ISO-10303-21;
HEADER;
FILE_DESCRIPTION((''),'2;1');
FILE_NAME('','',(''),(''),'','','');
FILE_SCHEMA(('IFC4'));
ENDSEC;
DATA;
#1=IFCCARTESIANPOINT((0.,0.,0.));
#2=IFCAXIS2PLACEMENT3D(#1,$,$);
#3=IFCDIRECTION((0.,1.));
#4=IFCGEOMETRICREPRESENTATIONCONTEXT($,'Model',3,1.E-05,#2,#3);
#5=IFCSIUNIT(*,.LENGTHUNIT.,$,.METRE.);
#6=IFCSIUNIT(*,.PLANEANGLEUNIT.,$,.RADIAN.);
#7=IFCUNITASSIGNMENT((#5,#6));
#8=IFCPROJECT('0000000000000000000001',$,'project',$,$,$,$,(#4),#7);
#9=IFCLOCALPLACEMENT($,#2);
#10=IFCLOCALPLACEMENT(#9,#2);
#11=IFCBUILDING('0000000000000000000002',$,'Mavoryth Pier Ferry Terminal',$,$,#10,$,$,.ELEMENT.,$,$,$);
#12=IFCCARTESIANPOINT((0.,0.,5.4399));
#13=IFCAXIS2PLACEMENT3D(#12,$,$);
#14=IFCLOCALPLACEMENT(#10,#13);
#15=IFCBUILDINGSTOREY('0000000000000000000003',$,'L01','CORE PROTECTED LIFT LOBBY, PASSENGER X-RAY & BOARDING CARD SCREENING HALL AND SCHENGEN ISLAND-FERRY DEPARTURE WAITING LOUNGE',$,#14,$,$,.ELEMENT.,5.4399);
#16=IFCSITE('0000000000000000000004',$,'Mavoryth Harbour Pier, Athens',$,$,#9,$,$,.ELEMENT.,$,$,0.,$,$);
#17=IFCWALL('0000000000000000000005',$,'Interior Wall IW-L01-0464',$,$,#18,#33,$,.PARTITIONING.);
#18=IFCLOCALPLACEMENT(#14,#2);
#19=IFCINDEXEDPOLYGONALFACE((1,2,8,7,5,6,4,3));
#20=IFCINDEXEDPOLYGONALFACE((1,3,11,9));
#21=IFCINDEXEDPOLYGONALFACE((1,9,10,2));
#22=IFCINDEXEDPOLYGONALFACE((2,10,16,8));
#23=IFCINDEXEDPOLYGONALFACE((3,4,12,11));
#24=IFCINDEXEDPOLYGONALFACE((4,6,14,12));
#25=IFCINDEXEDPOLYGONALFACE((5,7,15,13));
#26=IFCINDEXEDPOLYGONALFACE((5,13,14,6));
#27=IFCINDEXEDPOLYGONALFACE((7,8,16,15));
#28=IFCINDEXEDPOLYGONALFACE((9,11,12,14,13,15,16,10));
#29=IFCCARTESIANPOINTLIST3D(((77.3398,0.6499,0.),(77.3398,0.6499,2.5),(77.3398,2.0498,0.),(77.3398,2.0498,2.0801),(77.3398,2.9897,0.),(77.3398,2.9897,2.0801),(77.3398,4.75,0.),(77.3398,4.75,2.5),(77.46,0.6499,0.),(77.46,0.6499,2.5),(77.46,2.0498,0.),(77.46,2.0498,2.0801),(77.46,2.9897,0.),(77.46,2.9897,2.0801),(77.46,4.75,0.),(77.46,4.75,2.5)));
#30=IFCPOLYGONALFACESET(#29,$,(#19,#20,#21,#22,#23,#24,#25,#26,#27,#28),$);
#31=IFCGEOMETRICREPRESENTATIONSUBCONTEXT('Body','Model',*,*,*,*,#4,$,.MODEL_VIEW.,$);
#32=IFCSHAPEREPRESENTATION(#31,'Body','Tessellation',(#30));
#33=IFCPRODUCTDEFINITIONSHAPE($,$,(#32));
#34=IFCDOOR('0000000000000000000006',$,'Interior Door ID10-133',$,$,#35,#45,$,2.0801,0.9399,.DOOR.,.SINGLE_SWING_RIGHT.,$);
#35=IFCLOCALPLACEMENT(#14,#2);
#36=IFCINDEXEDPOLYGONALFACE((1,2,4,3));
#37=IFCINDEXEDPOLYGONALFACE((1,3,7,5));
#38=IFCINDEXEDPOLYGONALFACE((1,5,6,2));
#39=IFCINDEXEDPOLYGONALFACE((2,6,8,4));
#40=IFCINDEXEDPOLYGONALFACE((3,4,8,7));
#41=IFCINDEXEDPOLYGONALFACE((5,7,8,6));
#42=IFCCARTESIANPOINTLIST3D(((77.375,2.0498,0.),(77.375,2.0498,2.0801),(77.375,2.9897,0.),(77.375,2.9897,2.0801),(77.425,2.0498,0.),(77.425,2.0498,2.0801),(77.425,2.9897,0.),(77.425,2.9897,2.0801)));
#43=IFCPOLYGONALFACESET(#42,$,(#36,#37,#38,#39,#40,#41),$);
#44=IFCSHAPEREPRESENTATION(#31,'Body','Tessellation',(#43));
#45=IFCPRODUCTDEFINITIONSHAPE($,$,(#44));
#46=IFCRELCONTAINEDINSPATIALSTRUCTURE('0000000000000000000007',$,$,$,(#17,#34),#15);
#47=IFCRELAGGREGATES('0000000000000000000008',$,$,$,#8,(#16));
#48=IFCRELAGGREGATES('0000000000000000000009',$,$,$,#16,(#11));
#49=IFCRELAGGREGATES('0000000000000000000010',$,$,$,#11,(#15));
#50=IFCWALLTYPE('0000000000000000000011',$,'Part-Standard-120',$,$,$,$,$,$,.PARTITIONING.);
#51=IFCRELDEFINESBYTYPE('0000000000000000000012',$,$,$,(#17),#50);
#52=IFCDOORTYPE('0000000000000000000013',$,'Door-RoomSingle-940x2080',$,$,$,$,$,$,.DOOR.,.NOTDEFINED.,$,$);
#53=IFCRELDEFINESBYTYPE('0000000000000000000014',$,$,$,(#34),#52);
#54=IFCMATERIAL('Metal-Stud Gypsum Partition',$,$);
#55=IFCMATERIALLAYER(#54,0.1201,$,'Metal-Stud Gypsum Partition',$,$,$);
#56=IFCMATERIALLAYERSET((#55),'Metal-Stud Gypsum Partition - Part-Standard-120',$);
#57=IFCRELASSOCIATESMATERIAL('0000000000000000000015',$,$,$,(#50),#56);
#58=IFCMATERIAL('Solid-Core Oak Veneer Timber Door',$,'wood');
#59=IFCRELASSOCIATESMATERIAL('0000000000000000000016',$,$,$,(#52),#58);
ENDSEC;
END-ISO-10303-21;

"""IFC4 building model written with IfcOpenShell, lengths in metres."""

from ifc_helpers import new_model, si_unit, direction, frame, frame_2d, origin, place, context, subcontext, project, spatial, rectangle, extrude, material, layer, layer_set, type_object, element, fill, save


model = new_model("IFC4")

# Units and contexts
model_context = context("Model", 3, precision=1e-05, world=origin(), true_north=direction((0.0, 1.0)))
body_context = subcontext(model_context, "Body", "Model", "MODEL_VIEW")
ifc_project = project(units=[si_unit("LENGTHUNIT", "METRE"), si_unit("PLANEANGLEUNIT", "RADIAN")], contexts=[model_context])

# Site, building, storey
site_placement = place(None, origin())
site = spatial("IfcSite", under=ifc_project, at=site_placement, Name="Mavoryth Harbour Pier, Athens", CompositionType="ELEMENT", RefElevation=0.0)
building_placement = place(site_placement, origin())
building = spatial("IfcBuilding", under=site, at=building_placement, Name="Mavoryth Pier Ferry Terminal", CompositionType="ELEMENT")
storey_placement = place(building_placement, frame((0.0, 0.0, 5.4399)))
storey = spatial("IfcBuildingStorey", under=building, at=storey_placement, Name="L01", Description="CORE PROTECTED LIFT LOBBY, PASSENGER X-RAY & BOARDING CARD SCREENING HALL AND SCHENGEN ISLAND-FERRY DEPARTURE WAITING LOUNGE", CompositionType="ELEMENT", Elevation=5.4399)

# Wall, opening, door
ifc_material_1 = material(Name="Solid-Core Oak Veneer Timber Door", Category="wood")
ifc_material_2 = material(Name="Metal-Stud Gypsum Partition")
ifc_layer_1 = layer(ifc_material_2, 0.1201, Name="Metal-Stud Gypsum Partition")
ifc_layer_set_1 = layer_set([ifc_layer_1], Name="Metal-Stud Gypsum Partition - Part-Standard-120")
wall_type_1 = type_object("IfcWallType", Name="Part-Standard-120", PredefinedType="PARTITIONING", material=ifc_layer_set_1)
wall_1_placement = place(storey_placement, frame((77.3999, 0.6499, 0.0), z_axis=(0.0, 0.0, 1.0), x_axis=(0.0, 1.0, 0.0)))
wall_1 = element("IfcWall", 1, at=wall_1_placement, inside=storey, type_object=wall_type_1, Name="Interior Wall IW-L01-0464", PredefinedType="PARTITIONING", context=body_context, shape_type="SweptSolid", body=[
    extrude(rectangle(XDim=4.1001, YDim=0.1201, at=frame_2d((2.05, 0.0))), origin(), (0.0, 0.0, 1.0), 2.5),
])
opening_1_placement = place(wall_1_placement, frame((1.3999, 0.0, 0.0)))
opening_1 = element("IfcOpeningElement", 2, at=opening_1_placement, cuts=wall_1, PredefinedType="OPENING", context=body_context, shape_type="SweptSolid", body=[
    extrude(rectangle(XDim=0.9399, YDim=2.0801, at=frame_2d((0.47, 1.04))), frame((0.0, 0.0701, 0.0), z_axis=(0.0, -1.0, 0.0), x_axis=(1.0, 0.0, 0.0)), (0.0, 0.0, 1.0), 0.1401),
])
door_type_1 = type_object("IfcDoorType", Name="Door-RoomSingle-940x2080", OperationType="NOTDEFINED", PredefinedType="DOOR", material=ifc_material_1)
door_1_placement = place(opening_1_placement, origin())
door_1 = element("IfcDoor", 3, at=door_1_placement, inside=storey, type_object=door_type_1, Name="Interior Door ID10-133", OperationType="SINGLE_SWING_RIGHT", OverallHeight=2.0801, OverallWidth=0.9399, PredefinedType="DOOR", context=body_context, shape_type="SweptSolid", body=[
    extrude(rectangle(XDim=0.9399, YDim=2.0801, at=frame_2d((0.47, 1.04))), frame((0.0, 0.0249, 0.0), z_axis=(0.0, -1.0, 0.0), x_axis=(1.0, 0.0, 0.0)), (0.0, 0.0, 1.0), 0.05),
])
fill(opening_1, door_1)

save(model, "model.ifc")
